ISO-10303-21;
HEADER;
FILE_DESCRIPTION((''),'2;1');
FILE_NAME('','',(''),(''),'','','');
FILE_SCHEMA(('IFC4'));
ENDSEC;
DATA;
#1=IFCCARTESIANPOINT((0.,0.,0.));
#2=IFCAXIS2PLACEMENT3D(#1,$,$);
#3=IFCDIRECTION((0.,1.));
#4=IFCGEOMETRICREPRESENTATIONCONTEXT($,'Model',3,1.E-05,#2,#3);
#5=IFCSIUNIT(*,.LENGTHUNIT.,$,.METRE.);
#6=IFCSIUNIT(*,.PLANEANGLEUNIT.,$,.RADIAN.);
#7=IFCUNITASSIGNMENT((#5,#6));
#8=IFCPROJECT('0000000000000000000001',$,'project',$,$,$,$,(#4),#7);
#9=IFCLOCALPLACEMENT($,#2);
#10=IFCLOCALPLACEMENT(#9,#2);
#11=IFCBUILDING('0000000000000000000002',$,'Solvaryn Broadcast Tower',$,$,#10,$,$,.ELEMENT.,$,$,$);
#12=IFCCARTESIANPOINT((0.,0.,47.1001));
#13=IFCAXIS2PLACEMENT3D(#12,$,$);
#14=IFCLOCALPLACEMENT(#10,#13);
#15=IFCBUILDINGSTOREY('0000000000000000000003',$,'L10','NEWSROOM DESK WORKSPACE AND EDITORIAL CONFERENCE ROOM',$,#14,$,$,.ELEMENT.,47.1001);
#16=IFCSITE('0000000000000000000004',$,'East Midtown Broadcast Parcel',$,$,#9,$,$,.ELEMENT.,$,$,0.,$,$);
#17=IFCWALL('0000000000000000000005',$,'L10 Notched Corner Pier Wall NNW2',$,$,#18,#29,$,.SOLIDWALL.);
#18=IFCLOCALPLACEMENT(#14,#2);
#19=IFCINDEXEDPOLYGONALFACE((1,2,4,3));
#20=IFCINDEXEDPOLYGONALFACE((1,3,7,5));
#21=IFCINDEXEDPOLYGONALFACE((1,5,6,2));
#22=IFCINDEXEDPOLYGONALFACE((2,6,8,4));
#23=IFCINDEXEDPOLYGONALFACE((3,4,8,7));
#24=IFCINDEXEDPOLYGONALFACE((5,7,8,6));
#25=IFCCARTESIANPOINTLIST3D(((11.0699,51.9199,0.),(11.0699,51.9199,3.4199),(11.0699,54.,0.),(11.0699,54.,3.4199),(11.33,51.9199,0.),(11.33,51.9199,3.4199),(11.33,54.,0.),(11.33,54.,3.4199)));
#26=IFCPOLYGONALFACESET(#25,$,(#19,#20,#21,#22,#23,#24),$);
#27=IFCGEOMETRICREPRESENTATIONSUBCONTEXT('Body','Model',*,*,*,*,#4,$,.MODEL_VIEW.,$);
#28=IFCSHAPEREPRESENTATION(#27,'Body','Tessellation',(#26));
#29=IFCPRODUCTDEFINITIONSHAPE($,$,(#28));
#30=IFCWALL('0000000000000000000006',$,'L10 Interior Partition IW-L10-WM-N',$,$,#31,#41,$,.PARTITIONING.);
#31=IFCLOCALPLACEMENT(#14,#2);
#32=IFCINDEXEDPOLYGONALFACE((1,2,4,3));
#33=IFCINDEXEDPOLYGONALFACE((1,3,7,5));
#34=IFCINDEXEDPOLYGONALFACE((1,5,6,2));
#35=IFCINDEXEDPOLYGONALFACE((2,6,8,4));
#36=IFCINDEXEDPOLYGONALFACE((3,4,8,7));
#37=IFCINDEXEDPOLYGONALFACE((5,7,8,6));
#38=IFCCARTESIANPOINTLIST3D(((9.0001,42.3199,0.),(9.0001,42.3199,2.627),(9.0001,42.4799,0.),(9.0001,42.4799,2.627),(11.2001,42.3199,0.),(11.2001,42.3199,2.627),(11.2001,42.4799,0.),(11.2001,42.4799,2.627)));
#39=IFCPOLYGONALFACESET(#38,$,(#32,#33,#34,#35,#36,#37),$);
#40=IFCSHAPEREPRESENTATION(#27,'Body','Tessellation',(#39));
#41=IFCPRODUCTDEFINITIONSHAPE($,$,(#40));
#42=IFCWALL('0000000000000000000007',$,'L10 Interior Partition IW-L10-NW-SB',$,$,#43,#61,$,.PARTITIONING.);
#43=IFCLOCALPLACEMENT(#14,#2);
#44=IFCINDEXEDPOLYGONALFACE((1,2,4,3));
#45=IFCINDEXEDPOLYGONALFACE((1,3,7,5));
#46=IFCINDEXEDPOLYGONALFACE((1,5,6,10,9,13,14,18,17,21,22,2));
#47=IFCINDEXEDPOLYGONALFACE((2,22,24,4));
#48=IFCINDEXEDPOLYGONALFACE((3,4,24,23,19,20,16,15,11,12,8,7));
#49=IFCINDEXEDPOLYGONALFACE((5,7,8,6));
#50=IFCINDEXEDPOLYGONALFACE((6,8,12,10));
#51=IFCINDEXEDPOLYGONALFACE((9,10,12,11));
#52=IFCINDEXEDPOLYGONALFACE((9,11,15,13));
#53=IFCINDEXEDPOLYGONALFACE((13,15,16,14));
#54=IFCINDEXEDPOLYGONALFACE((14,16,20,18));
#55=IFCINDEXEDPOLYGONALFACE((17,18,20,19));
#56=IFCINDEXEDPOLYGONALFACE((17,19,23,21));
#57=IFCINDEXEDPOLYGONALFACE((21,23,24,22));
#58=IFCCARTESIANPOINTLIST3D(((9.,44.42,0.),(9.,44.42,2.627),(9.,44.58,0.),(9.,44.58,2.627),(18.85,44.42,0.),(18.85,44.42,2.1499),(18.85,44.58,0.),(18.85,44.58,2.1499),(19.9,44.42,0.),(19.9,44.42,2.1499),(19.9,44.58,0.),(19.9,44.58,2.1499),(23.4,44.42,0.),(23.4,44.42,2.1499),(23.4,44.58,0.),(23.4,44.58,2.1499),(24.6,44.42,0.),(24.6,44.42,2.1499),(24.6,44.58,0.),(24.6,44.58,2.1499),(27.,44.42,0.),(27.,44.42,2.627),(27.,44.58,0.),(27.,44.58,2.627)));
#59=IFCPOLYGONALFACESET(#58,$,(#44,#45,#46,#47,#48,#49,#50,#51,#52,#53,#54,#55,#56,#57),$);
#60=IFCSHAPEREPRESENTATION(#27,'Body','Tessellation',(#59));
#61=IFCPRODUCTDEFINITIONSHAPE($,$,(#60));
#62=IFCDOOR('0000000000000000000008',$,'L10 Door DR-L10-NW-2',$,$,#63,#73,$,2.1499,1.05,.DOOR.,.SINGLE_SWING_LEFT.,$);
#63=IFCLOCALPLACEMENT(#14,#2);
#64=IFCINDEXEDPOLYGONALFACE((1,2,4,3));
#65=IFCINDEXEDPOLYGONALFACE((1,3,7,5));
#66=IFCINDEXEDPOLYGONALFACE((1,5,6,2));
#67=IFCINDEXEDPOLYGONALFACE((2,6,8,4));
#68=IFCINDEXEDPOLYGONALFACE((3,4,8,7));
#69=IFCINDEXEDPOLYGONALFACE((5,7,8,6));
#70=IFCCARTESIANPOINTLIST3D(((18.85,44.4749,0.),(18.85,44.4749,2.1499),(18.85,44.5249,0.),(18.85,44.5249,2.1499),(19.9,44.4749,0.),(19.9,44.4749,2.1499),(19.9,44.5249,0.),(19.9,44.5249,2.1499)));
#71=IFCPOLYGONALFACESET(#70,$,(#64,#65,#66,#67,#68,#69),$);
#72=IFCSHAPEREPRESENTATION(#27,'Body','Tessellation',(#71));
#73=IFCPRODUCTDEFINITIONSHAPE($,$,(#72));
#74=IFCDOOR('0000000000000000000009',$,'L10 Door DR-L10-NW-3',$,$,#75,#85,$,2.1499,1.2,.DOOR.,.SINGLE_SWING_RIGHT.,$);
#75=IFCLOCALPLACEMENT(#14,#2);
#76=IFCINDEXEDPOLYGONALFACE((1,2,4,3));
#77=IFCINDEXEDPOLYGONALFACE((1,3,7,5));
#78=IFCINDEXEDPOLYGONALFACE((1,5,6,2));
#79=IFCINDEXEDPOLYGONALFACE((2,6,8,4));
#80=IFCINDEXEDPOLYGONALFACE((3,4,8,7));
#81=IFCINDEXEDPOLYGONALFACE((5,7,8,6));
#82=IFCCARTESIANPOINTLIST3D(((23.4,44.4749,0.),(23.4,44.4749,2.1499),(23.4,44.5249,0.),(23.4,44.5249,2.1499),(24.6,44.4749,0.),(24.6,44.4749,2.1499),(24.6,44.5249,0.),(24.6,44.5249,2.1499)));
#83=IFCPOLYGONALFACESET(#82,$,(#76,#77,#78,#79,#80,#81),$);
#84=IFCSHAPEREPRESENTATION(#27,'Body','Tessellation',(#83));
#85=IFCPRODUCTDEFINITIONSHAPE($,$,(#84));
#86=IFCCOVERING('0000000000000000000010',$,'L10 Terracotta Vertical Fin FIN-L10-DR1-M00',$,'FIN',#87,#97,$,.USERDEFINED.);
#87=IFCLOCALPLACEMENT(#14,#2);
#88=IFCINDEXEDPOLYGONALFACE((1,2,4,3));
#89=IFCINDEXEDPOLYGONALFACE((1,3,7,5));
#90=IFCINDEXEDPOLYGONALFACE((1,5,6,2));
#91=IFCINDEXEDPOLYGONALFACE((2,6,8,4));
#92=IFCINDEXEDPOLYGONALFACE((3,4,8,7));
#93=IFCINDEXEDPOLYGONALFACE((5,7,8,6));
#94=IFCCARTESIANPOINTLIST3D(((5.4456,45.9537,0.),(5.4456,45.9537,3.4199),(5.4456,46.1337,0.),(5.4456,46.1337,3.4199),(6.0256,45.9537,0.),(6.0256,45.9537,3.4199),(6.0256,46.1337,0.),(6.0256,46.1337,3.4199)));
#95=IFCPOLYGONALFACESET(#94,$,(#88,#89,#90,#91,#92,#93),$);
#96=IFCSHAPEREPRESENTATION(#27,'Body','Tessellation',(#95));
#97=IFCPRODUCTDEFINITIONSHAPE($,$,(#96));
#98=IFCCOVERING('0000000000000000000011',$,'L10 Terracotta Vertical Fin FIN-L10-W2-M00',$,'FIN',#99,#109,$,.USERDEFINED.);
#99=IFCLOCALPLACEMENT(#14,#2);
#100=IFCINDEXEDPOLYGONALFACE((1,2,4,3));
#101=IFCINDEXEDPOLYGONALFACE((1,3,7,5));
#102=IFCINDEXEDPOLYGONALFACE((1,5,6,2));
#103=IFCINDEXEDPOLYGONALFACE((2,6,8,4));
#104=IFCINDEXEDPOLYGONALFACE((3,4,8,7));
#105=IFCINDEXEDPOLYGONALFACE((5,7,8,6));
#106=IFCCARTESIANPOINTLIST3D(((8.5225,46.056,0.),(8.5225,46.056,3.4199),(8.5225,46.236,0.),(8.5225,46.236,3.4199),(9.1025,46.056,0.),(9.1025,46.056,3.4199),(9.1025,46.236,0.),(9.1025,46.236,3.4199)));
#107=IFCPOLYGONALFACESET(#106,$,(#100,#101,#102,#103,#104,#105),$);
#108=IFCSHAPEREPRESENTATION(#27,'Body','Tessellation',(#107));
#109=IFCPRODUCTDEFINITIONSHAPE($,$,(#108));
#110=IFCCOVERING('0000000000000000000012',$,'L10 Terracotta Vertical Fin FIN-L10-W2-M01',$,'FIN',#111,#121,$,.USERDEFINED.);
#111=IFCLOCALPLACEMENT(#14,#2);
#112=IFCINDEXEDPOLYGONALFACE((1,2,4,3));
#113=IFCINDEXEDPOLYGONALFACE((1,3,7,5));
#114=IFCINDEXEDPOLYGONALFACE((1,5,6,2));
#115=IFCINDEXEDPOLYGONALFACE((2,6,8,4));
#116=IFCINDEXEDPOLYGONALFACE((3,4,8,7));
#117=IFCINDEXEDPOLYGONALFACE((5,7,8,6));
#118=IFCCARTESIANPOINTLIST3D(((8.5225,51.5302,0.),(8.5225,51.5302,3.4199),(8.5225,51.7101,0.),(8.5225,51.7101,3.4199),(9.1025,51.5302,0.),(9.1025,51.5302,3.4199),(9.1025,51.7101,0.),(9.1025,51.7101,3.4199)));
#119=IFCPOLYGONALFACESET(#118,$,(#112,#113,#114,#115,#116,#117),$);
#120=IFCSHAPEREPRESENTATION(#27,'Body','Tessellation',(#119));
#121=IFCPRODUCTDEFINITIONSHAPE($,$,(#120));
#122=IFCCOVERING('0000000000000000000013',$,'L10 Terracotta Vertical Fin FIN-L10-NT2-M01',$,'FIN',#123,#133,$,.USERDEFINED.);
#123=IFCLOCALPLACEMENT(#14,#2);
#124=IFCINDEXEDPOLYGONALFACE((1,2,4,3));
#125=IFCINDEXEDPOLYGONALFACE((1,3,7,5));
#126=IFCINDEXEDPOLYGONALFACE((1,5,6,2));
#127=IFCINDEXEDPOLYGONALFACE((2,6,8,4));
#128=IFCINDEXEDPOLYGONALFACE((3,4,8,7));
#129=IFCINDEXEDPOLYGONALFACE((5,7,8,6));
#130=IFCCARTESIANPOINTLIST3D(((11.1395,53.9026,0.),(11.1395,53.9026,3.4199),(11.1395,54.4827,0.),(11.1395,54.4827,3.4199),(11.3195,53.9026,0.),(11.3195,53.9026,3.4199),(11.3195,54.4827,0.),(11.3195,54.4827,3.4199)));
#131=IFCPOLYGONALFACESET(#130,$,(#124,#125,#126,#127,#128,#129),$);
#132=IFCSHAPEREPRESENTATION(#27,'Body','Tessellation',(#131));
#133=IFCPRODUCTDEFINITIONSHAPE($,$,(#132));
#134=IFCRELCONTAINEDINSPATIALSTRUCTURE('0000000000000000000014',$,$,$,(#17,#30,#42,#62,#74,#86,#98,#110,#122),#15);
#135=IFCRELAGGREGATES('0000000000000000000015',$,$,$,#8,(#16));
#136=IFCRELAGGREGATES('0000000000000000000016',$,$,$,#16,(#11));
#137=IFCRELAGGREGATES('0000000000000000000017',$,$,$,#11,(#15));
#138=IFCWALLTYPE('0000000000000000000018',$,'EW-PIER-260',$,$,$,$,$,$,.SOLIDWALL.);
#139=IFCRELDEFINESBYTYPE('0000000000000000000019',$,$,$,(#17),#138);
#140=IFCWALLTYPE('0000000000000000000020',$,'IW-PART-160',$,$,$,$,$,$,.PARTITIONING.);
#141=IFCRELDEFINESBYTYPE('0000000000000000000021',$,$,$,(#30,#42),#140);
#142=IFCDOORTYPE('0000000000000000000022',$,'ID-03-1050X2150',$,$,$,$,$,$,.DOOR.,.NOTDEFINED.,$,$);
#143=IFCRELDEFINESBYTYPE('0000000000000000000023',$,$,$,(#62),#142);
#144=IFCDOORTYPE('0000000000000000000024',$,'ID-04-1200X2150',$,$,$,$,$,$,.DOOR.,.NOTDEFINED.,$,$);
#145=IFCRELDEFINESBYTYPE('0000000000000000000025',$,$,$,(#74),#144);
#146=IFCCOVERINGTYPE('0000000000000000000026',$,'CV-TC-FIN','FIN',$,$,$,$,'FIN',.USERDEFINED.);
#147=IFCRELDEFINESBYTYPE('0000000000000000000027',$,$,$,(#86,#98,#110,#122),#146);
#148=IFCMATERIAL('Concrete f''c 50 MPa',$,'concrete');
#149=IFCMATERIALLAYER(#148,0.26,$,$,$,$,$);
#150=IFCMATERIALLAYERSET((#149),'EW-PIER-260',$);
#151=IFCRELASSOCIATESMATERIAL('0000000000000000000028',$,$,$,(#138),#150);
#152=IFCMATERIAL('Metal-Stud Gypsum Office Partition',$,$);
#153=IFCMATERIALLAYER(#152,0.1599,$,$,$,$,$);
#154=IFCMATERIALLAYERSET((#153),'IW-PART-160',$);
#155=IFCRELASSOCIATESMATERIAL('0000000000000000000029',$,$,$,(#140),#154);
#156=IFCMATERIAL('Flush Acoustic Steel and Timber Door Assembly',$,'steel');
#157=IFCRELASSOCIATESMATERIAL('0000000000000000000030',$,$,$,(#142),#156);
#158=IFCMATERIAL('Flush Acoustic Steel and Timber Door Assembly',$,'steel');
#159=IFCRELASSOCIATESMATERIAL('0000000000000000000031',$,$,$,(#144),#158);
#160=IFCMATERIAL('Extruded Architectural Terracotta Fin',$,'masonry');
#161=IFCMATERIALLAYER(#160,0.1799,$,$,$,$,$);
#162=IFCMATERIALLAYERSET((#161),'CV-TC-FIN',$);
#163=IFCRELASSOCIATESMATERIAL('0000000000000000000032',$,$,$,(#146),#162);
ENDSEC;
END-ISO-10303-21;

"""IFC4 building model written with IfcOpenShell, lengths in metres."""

from ifc_helpers import new_model, si_unit, direction, frame, frame_2d, origin, origin_2d, place, context, subcontext, project, spatial, rectangle, extrude, material, layer, layer_set, type_object, element, fill, save


model = new_model("IFC4")

# Units and contexts
model_context = context("Model", 3, precision=1e-05, world=origin(), true_north=direction((0.0, 1.0)))
body_context = subcontext(model_context, "Body", "Model", "MODEL_VIEW")
ifc_project = project(units=[si_unit("LENGTHUNIT", "METRE"), si_unit("PLANEANGLEUNIT", "RADIAN")], contexts=[model_context])

# Site, building, storey
site_placement = place(None, origin())
site = spatial("IfcSite", under=ifc_project, at=site_placement, Name="East Midtown Broadcast Parcel", CompositionType="ELEMENT", RefElevation=0.0)
building_placement = place(site_placement, origin())
building = spatial("IfcBuilding", under=site, at=building_placement, Name="Solvaryn Broadcast Tower", CompositionType="ELEMENT")
storey_placement = place(building_placement, frame((0.0, 0.0, 47.1001)))
storey = spatial("IfcBuildingStorey", under=building, at=storey_placement, Name="L10", Description="NEWSROOM DESK WORKSPACE AND EDITORIAL CONFERENCE ROOM", CompositionType="ELEMENT", Elevation=47.1001)

# Walls
ifc_material_1 = material(Name="Concrete f'c 50 MPa", Category="concrete")
ifc_layer_1 = layer(ifc_material_1, 0.26)
ifc_layer_set_1 = layer_set([ifc_layer_1], Name="EW-PIER-260")
wall_type_1 = type_object("IfcWallType", Name="EW-PIER-260", PredefinedType="SOLIDWALL", material=ifc_layer_set_1)
wall_1_placement = place(storey_placement, frame((11.2, 51.9199, 0.0), z_axis=(0.0, 0.0, 1.0), x_axis=(0.0, 1.0, 0.0)))
element("IfcWall", 1, at=wall_1_placement, inside=storey, type_object=wall_type_1, Name="L10 Notched Corner Pier Wall NNW2", PredefinedType="SOLIDWALL", context=body_context, shape_type="SweptSolid", body=[
    extrude(rectangle(XDim=2.0801, YDim=0.26, at=frame_2d((1.04, 0.0))), origin(), (0.0, 0.0, 1.0), 3.4199),
])
ifc_material_2 = material(Name="Metal-Stud Gypsum Office Partition")
ifc_layer_2 = layer(ifc_material_2, 0.1599)
ifc_layer_set_2 = layer_set([ifc_layer_2], Name="IW-PART-160")
wall_type_2 = type_object("IfcWallType", Name="IW-PART-160", PredefinedType="PARTITIONING", material=ifc_layer_set_2)
wall_2_placement = place(storey_placement, frame((9.0, 42.3999, 0.0), z_axis=(0.0, 0.0, 1.0), x_axis=(1.0, 0.0, 0.0)))
element("IfcWall", 2, at=wall_2_placement, inside=storey, type_object=wall_type_2, Name="L10 Interior Partition IW-L10-WM-N", PredefinedType="PARTITIONING", context=body_context, shape_type="SweptSolid", body=[
    extrude(rectangle(XDim=2.2, YDim=0.1599, at=frame_2d((1.1001, 0.0))), origin(), (0.0, 0.0, 1.0), 2.627),
])

# Wall, openings, doors
wall_3_placement = place(storey_placement, frame((9.0, 44.5, 0.0), z_axis=(0.0, 0.0, 1.0), x_axis=(1.0, 0.0, 0.0)))
wall_3 = element("IfcWall", 3, at=wall_3_placement, inside=storey, type_object=wall_type_2, Name="L10 Interior Partition IW-L10-NW-SB", PredefinedType="PARTITIONING", context=body_context, shape_type="SweptSolid", body=[
    extrude(rectangle(XDim=18.0, YDim=0.1599, at=frame_2d((9.0, 0.0))), origin(), (0.0, 0.0, 1.0), 2.627),
])
opening_1_placement = place(wall_3_placement, frame((9.8501, 0.0, 0.0)))
opening_1 = element("IfcOpeningElement", 4, at=opening_1_placement, cuts=wall_3, PredefinedType="OPENING", context=body_context, shape_type="SweptSolid", body=[
    extrude(rectangle(XDim=1.05, YDim=2.1499, at=frame_2d((0.5249, 1.075))), frame((0.0, 0.0901, 0.0), z_axis=(0.0, -1.0, 0.0), x_axis=(1.0, 0.0, 0.0)), (0.0, 0.0, 1.0), 0.1799),
])
opening_2_placement = place(wall_3_placement, frame((14.3999, 0.0, 0.0)))
opening_2 = element("IfcOpeningElement", 5, at=opening_2_placement, cuts=wall_3, PredefinedType="OPENING", context=body_context, shape_type="SweptSolid", body=[
    extrude(rectangle(XDim=1.2, YDim=2.1499, at=frame_2d((0.6001, 1.075))), frame((0.0, 0.0901, 0.0), z_axis=(0.0, -1.0, 0.0), x_axis=(1.0, 0.0, 0.0)), (0.0, 0.0, 1.0), 0.1799),
])
ifc_material_3 = material(Name="Flush Acoustic Steel and Timber Door Assembly", Category="steel")
door_type_1 = type_object("IfcDoorType", Name="ID-03-1050X2150", OperationType="NOTDEFINED", PredefinedType="DOOR", material=ifc_material_3)
door_1_placement = place(opening_1_placement, origin())
door_1 = element("IfcDoor", 6, at=door_1_placement, inside=storey, type_object=door_type_1, Name="L10 Door DR-L10-NW-2", OperationType="SINGLE_SWING_LEFT", OverallHeight=2.1499, OverallWidth=1.05, PredefinedType="DOOR", context=body_context, shape_type="SweptSolid", body=[
    extrude(rectangle(XDim=1.05, YDim=2.1499, at=frame_2d((0.5249, 1.075))), frame((0.0, 0.0249, 0.0), z_axis=(0.0, -1.0, 0.0), x_axis=(1.0, 0.0, 0.0)), (0.0, 0.0, 1.0), 0.05),
])
fill(opening_1, door_1)
ifc_material_4 = material(Name="Flush Acoustic Steel and Timber Door Assembly", Category="steel")
door_type_2 = type_object("IfcDoorType", Name="ID-04-1200X2150", OperationType="NOTDEFINED", PredefinedType="DOOR", material=ifc_material_4)
door_2_placement = place(opening_2_placement, origin())
door_2 = element("IfcDoor", 7, at=door_2_placement, inside=storey, type_object=door_type_2, Name="L10 Door DR-L10-NW-3", OperationType="SINGLE_SWING_RIGHT", OverallHeight=2.1499, OverallWidth=1.2, PredefinedType="DOOR", context=body_context, shape_type="SweptSolid", body=[
    extrude(rectangle(XDim=1.2, YDim=2.1499, at=frame_2d((0.6001, 1.075))), frame((0.0, 0.0249, 0.0), z_axis=(0.0, -1.0, 0.0), x_axis=(1.0, 0.0, 0.0)), (0.0, 0.0, 1.0), 0.05),
])
fill(opening_2, door_2)

# Coverings
ifc_material_5 = material(Name="Extruded Architectural Terracotta Fin", Category="masonry")
ifc_layer_3 = layer(ifc_material_5, 0.1799)
ifc_layer_set_3 = layer_set([ifc_layer_3], Name="CV-TC-FIN")
covering_type = type_object("IfcCoveringType", Name="CV-TC-FIN", Description="FIN", ElementType="FIN", PredefinedType="USERDEFINED", material=ifc_layer_set_3)
for number, where, z_axis, x_axis, name in (
    (8, (5.7356, 46.0437, 0.0), (0.0, 0.0, 1.0), (1.0, 0.0, 0.0), "L10 Terracotta Vertical Fin FIN-L10-DR1-M00"),
    (9, (8.8125, 46.146, 0.0), (0.0, 0.0, 1.0), (1.0, 0.0, 0.0), "L10 Terracotta Vertical Fin FIN-L10-W2-M00"),
    (10, (8.8125, 51.6201, 0.0), (0.0, 0.0, 1.0), (1.0, 0.0, 0.0), "L10 Terracotta Vertical Fin FIN-L10-W2-M01"),
):
    element("IfcCovering", number, at=place(storey_placement, frame(where, z_axis=z_axis, x_axis=x_axis)), inside=storey, type_object=covering_type, Name=name, ObjectType="FIN", PredefinedType="USERDEFINED", context=body_context, shape_type="SweptSolid", body=[
        extrude(rectangle(XDim=0.5801, YDim=0.1799, at=origin_2d()), origin(), (0.0, 0.0, 1.0), 3.4199),
    ])
covering_placement = place(storey_placement, frame((11.2295, 54.1926, 0.0), z_axis=(0.0, 0.0, 1.0), x_axis=(1.0, 0.0, 0.0)))
element("IfcCovering", 11, at=covering_placement, inside=storey, type_object=covering_type, Name="L10 Terracotta Vertical Fin FIN-L10-NT2-M01", ObjectType="FIN", PredefinedType="USERDEFINED", context=body_context, shape_type="SweptSolid", body=[
    extrude(rectangle(XDim=0.1799, YDim=0.5801, at=origin_2d()), origin(), (0.0, 0.0, 1.0), 3.4199),
])

save(model, "model.ifc")
